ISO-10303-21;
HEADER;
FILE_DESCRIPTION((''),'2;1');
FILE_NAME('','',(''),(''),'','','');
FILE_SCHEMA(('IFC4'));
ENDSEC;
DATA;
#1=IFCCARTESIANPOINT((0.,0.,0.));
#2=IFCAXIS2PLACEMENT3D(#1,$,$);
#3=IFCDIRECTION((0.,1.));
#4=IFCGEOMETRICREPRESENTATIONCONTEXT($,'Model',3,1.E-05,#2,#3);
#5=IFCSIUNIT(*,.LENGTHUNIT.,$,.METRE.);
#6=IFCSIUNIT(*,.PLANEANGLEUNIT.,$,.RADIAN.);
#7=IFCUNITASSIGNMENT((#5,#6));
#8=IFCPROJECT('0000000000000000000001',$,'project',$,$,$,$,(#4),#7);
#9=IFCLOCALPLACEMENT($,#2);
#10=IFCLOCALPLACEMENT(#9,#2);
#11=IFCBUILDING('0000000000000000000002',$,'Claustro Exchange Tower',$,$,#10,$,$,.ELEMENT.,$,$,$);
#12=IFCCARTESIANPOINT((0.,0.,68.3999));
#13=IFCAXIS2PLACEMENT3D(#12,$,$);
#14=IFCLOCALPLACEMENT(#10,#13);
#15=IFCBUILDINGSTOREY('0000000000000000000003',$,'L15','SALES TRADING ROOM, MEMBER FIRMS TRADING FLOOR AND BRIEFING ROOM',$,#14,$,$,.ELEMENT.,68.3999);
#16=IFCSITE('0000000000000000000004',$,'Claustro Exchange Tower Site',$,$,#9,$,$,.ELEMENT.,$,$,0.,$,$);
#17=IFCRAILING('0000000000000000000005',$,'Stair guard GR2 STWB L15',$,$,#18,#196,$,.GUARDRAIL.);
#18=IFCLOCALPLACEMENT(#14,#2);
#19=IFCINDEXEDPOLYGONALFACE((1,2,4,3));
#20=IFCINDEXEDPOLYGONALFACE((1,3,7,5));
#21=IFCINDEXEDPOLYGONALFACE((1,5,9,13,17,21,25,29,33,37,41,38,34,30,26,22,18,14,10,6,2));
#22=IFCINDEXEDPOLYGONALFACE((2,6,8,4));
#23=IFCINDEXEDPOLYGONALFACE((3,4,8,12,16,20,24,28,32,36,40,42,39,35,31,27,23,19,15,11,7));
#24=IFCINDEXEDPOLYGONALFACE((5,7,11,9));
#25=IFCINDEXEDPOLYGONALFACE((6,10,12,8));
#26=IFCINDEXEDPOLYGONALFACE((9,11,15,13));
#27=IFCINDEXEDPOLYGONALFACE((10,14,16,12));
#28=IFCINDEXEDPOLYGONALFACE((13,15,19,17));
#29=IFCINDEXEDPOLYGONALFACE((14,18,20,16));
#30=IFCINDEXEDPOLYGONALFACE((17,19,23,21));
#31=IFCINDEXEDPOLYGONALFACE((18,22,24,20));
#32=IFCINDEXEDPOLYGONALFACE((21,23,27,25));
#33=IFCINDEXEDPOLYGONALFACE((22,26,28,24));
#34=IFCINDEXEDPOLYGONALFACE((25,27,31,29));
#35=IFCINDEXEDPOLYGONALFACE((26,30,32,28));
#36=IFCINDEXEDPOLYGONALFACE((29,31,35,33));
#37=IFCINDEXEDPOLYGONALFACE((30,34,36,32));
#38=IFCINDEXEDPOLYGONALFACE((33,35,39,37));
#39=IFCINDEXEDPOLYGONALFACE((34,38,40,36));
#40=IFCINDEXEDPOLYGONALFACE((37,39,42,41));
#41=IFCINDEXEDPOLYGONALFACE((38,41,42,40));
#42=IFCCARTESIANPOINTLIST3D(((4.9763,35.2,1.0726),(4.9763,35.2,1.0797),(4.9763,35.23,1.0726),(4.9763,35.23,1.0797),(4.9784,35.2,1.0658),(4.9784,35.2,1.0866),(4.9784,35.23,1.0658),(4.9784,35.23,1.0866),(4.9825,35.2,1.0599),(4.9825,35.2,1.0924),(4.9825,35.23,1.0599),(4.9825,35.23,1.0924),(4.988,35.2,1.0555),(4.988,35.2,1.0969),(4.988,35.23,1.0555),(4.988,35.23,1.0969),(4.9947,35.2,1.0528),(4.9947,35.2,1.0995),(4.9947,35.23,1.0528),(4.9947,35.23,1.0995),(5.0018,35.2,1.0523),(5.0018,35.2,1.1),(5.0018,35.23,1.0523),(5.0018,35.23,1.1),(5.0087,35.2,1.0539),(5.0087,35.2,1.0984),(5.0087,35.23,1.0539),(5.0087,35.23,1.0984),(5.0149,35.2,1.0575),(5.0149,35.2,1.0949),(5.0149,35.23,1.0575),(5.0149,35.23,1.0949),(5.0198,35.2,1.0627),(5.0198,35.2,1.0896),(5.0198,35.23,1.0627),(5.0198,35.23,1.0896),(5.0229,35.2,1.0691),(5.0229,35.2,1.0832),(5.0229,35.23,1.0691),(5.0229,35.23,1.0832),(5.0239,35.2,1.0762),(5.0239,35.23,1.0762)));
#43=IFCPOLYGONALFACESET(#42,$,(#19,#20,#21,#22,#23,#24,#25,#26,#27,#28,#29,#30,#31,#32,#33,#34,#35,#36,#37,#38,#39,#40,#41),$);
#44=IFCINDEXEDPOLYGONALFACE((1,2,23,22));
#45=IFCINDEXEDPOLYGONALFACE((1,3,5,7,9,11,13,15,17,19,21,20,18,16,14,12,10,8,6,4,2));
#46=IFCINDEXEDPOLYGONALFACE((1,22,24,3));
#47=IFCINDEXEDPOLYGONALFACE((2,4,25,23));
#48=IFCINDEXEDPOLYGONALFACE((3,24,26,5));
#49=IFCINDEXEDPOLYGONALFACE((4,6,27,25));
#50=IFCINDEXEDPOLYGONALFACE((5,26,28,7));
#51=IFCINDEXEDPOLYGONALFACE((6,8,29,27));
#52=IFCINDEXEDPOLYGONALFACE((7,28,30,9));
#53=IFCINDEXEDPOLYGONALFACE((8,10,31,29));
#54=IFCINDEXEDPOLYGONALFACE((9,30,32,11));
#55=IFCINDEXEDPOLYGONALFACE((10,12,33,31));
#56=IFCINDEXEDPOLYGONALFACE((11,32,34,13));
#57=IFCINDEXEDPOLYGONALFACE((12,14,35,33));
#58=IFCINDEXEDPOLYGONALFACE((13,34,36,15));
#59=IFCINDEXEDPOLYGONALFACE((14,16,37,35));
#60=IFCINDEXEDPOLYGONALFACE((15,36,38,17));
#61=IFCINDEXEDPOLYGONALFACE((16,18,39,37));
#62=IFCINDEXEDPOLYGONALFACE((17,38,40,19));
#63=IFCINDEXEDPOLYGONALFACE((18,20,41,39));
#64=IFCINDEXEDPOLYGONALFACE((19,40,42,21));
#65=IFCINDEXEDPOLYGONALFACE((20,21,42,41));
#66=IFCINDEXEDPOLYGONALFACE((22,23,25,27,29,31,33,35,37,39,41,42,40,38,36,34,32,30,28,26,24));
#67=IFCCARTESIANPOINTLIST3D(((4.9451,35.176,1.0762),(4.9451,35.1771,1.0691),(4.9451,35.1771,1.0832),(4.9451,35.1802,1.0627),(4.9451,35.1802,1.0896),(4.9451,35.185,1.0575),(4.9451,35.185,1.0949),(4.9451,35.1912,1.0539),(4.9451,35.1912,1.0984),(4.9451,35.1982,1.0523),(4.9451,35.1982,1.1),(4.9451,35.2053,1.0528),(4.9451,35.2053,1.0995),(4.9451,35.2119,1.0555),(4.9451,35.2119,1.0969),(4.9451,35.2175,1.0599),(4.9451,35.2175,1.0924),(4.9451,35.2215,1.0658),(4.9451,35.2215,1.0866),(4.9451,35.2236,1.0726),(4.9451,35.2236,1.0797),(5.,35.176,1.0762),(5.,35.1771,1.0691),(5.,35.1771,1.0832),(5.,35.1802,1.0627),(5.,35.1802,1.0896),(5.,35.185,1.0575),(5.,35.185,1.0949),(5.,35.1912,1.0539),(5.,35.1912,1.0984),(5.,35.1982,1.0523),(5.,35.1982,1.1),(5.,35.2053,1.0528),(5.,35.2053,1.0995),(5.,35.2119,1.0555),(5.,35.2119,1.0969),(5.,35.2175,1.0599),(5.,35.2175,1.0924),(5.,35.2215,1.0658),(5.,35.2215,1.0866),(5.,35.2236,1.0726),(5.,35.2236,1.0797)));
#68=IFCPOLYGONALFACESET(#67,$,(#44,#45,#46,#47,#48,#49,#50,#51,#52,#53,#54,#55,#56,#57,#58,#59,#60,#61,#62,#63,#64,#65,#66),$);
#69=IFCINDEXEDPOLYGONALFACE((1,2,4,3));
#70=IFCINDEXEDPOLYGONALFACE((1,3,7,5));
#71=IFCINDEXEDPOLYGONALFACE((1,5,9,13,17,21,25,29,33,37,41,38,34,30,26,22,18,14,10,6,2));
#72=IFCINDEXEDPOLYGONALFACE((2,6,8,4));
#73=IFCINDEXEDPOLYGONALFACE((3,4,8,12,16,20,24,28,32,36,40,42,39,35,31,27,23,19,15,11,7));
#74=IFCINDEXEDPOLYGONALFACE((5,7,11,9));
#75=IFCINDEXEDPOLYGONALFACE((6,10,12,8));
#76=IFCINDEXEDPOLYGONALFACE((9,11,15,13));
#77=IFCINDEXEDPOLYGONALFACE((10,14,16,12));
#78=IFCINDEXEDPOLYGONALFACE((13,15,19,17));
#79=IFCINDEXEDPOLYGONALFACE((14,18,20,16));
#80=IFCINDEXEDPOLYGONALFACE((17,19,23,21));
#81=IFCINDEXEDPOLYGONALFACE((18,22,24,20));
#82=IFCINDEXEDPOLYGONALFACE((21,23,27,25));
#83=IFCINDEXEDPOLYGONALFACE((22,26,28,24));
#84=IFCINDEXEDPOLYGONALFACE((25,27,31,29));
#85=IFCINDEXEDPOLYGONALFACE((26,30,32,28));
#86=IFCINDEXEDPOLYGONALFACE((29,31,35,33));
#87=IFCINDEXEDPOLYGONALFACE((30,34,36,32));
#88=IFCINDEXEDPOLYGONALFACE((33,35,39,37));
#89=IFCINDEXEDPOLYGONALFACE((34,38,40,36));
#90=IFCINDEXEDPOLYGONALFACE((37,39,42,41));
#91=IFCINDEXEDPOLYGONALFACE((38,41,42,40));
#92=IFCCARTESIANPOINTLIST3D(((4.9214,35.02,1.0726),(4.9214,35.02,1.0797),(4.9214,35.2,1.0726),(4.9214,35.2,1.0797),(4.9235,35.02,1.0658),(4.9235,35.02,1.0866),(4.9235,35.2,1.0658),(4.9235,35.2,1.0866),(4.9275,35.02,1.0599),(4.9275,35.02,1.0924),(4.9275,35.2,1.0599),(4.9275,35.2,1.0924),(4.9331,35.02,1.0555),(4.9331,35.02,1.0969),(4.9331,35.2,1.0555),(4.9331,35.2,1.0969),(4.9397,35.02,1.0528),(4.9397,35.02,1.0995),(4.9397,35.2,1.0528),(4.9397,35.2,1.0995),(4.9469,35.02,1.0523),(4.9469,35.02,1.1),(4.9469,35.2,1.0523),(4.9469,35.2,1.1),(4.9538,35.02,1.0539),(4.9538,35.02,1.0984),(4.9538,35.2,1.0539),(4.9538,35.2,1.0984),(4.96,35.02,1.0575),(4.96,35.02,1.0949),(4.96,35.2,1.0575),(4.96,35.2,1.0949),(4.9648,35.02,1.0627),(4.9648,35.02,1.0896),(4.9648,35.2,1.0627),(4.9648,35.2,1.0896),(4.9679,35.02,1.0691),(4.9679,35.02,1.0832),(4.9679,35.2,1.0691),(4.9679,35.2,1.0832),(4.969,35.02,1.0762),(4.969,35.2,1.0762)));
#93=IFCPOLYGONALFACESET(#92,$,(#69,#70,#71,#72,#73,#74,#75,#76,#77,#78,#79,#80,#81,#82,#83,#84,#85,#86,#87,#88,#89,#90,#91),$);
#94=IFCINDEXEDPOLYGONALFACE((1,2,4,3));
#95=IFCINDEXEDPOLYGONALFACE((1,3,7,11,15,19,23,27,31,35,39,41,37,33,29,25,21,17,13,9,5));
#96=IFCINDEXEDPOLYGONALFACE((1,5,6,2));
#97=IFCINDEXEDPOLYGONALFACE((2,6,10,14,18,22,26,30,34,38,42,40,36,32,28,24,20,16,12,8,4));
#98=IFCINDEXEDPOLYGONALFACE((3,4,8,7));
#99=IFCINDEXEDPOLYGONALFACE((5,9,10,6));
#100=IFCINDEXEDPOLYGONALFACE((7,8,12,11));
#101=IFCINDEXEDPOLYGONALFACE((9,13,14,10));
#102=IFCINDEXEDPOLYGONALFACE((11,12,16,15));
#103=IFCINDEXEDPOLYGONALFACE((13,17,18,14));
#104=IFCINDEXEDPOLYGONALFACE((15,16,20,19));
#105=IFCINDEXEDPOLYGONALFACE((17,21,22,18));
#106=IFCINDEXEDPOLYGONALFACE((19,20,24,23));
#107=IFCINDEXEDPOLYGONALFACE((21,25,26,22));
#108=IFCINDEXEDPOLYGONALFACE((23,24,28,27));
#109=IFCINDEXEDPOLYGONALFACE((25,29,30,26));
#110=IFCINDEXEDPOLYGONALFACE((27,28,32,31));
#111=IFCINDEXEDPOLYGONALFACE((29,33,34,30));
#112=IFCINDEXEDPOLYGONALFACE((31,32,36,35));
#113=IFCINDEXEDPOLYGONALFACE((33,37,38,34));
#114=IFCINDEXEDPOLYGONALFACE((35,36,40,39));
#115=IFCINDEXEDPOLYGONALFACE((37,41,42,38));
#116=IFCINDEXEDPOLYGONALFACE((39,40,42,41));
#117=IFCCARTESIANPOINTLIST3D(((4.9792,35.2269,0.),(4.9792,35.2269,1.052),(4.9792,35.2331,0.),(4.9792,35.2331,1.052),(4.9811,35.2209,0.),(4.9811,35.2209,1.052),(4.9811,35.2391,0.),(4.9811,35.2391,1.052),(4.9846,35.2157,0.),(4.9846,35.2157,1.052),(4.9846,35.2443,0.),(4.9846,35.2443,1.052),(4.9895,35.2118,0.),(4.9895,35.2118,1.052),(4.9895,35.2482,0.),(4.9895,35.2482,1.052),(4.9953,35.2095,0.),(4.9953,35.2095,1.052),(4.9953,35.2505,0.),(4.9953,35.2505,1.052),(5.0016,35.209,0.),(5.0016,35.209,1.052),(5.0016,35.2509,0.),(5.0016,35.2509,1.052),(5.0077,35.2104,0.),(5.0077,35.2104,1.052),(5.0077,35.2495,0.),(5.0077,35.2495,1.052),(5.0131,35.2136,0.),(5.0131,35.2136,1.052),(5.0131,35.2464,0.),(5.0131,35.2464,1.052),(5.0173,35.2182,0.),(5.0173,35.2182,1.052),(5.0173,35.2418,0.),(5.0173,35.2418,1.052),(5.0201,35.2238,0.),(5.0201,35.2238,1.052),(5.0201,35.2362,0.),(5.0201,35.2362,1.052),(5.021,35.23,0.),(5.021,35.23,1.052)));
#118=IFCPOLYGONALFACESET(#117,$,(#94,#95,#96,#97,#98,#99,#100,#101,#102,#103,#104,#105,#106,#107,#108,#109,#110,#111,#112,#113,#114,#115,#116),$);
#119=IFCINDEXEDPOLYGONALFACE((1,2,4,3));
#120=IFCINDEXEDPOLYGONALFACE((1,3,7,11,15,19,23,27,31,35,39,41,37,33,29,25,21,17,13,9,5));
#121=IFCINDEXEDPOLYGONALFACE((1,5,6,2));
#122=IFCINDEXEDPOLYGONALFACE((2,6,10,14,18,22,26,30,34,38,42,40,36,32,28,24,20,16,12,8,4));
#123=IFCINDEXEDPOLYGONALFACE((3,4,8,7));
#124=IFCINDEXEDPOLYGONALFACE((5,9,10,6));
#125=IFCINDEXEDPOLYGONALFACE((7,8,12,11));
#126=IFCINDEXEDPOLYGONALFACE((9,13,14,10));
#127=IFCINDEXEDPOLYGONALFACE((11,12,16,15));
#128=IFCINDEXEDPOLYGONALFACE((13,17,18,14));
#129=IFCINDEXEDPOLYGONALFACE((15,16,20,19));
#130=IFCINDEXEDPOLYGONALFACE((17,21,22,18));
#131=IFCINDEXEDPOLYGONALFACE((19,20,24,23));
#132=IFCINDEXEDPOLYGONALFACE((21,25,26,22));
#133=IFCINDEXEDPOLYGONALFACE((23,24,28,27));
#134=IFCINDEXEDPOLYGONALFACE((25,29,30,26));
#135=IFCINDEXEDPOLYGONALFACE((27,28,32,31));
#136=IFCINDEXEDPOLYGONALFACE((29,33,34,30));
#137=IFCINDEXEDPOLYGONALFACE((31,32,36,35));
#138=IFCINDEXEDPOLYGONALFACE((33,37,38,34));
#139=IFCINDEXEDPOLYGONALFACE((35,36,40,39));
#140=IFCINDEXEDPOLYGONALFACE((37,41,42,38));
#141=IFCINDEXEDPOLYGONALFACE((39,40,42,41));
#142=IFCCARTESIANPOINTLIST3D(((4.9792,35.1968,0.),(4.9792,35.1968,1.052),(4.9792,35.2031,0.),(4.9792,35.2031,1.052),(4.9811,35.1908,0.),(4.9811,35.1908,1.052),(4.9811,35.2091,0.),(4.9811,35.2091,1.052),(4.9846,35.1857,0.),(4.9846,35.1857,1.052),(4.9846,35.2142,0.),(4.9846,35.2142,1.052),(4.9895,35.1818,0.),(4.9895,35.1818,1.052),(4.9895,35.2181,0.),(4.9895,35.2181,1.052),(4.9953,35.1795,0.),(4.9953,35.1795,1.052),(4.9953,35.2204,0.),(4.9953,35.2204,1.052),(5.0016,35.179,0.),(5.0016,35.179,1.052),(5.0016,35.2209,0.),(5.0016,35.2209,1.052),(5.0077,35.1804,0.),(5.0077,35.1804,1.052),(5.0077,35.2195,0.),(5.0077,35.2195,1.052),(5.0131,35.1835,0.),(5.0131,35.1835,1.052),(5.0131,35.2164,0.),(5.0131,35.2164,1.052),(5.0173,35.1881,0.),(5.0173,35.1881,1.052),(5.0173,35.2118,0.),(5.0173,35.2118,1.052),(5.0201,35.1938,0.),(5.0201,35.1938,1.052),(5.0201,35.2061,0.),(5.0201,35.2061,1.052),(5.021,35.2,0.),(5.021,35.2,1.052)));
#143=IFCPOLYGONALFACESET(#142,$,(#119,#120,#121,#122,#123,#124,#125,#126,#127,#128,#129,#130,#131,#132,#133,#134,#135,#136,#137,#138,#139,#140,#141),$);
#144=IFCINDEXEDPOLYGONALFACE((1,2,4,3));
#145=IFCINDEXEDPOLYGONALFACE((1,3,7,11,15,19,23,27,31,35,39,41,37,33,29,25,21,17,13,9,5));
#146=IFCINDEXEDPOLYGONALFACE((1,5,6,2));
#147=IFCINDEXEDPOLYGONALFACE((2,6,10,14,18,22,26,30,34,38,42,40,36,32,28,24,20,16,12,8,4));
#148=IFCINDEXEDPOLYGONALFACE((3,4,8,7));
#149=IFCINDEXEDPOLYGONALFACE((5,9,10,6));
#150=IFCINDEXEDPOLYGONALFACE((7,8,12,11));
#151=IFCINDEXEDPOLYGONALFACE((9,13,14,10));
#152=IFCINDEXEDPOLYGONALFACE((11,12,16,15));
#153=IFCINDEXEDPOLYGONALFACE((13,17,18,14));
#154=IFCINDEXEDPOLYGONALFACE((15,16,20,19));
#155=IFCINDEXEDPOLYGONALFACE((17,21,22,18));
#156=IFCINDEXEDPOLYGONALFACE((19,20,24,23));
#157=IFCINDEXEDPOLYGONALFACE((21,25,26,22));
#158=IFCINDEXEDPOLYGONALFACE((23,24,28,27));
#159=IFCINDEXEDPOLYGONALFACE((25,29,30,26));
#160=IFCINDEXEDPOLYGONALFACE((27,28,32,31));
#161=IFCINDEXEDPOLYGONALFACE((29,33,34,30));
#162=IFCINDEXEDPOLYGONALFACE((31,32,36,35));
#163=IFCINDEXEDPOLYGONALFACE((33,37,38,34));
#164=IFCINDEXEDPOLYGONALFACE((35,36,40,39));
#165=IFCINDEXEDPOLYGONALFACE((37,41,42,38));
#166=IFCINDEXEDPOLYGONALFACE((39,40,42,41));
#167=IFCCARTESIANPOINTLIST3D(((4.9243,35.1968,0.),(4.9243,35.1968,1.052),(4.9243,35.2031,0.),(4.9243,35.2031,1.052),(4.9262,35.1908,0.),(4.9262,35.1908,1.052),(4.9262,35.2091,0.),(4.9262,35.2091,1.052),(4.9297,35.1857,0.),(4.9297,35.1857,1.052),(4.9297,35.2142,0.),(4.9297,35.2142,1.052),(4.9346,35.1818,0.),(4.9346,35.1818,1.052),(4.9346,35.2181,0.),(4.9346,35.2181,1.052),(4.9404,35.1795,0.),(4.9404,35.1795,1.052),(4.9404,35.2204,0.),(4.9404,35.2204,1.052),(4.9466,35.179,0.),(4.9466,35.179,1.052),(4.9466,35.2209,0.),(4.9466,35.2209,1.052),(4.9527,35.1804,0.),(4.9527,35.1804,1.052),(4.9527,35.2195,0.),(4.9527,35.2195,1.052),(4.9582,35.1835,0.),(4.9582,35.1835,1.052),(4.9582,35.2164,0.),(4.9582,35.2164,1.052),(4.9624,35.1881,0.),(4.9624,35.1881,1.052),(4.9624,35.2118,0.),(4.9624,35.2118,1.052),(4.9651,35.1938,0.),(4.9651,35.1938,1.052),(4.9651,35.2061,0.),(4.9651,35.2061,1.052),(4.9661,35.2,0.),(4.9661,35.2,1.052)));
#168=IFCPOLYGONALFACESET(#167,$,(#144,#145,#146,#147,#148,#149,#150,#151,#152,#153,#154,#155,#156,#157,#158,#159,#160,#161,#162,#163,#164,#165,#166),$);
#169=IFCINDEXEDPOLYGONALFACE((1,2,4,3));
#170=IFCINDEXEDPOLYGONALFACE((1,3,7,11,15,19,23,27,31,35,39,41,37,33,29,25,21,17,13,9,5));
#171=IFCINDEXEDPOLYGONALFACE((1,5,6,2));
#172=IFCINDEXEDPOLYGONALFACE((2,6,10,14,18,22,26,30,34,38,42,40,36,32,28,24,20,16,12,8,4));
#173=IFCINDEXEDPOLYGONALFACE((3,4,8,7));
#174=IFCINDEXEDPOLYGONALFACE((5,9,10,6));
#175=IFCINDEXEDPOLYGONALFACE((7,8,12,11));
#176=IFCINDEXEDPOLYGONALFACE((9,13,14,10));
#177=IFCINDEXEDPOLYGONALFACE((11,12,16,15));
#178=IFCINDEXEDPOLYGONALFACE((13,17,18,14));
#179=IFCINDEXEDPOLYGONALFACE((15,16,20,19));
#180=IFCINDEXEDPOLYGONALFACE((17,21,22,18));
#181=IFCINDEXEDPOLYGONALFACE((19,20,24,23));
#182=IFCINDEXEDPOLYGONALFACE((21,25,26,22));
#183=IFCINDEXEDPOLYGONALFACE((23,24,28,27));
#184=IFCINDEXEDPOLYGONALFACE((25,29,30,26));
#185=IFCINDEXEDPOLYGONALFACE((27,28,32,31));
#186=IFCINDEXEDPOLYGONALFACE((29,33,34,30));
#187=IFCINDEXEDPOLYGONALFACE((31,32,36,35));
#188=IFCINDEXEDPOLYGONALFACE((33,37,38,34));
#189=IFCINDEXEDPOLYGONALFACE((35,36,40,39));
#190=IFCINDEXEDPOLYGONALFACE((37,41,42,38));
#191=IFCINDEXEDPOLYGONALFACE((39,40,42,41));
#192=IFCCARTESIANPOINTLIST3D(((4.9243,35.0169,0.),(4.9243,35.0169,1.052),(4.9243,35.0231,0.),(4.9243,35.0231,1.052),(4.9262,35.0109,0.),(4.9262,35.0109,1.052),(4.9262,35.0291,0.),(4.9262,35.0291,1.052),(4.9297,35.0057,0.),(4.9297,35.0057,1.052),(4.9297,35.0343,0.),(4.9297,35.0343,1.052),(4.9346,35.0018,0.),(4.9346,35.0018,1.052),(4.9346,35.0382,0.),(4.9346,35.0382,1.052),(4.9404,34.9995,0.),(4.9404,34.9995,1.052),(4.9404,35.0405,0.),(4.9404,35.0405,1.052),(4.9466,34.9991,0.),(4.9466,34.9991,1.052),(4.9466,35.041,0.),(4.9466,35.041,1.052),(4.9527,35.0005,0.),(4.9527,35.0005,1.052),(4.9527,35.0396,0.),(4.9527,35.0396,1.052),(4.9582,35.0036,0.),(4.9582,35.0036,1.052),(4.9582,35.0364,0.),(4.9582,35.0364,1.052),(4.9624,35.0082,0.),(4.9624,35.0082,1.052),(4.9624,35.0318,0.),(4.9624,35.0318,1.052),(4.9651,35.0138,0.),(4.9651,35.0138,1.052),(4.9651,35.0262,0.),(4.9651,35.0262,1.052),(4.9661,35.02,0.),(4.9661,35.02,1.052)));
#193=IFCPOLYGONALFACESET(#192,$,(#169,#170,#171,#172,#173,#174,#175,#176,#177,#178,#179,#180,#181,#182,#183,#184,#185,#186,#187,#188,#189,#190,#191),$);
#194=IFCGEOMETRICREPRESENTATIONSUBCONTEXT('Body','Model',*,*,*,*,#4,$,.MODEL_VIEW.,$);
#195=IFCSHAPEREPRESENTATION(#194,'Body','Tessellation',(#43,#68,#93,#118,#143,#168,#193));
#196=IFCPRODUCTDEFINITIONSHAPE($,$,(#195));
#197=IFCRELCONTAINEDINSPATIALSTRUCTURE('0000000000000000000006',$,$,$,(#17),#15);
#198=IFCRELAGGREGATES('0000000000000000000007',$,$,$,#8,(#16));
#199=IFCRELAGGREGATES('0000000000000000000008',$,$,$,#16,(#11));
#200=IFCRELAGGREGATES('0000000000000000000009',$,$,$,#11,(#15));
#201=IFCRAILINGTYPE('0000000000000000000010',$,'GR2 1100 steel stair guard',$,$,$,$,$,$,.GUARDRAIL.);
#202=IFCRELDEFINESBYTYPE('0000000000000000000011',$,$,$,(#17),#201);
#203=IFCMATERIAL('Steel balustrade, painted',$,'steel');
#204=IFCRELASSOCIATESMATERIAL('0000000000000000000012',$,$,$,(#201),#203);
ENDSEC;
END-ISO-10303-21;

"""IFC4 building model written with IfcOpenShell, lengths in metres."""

from ifc_helpers import new_model, si_unit, direction, frame, origin, origin_2d, place, context, subcontext, project, spatial, circle, extrude, material, type_object, element, save


model = new_model("IFC4")

# Units and contexts
model_context = context("Model", 3, precision=1e-05, world=origin(), true_north=direction((0.0, 1.0)))
body_context = subcontext(model_context, "Body", "Model", "MODEL_VIEW")
ifc_project = project(units=[si_unit("LENGTHUNIT", "METRE"), si_unit("PLANEANGLEUNIT", "RADIAN")], contexts=[model_context])

# Site, building, storey
site_placement = place(None, origin())
site = spatial("IfcSite", under=ifc_project, at=site_placement, Name="Claustro Exchange Tower Site", CompositionType="ELEMENT", RefElevation=0.0)
building_placement = place(site_placement, origin())
building = spatial("IfcBuilding", under=site, at=building_placement, Name="Claustro Exchange Tower", CompositionType="ELEMENT")
storey_placement = place(building_placement, frame((0.0, 0.0, 68.3999)))
storey = spatial("IfcBuildingStorey", under=building, at=storey_placement, Name="L15", Description="SALES TRADING ROOM, MEMBER FIRMS TRADING FLOOR AND BRIEFING ROOM", CompositionType="ELEMENT", Elevation=68.3999)

# Railing
ifc_material_1 = material(Name="Steel balustrade, painted", Category="steel")
railing_type_1 = type_object("IfcRailingType", Name="GR2 1100 steel stair guard", PredefinedType="GUARDRAIL", material=ifc_material_1)
railing_1_placement = place(storey_placement, frame((5.0, 35.23, 0.0)))
element("IfcRailing", 1, at=railing_1_placement, inside=storey, type_object=railing_type_1, Name="Stair guard GR2 STWB L15", PredefinedType="GUARDRAIL", context=body_context, shape_type="SweptSolid", body=[
    extrude(circle(Radius=0.0239, at=origin_2d()), frame((0.0, 0.0, 1.0762), z_axis=(0.0, -1.0, 0.0), x_axis=(1.0, 0.0, 0.0)), (0.0, 0.0, 1.0), 0.03),
    extrude(circle(Radius=0.0239, at=origin_2d()), frame((0.0, -0.03, 1.0762), z_axis=(-1.0, 0.0, 0.0), x_axis=(0.0, -1.0, 0.0)), (0.0, 0.0, 1.0), 0.0549),
    extrude(circle(Radius=0.0239, at=origin_2d()), frame((-0.0549, -0.03, 1.0762), z_axis=(0.0, -1.0, 0.0), x_axis=(1.0, 0.0, 0.0)), (0.0, 0.0, 1.0), 0.1799),
    extrude(circle(Radius=0.021, at=origin_2d()), origin(), (0.0, 0.0, 1.0), 1.052),
    extrude(circle(Radius=0.021, at=origin_2d()), frame((0.0, -0.03, 0.0)), (0.0, 0.0, 1.0), 1.052),
    extrude(circle(Radius=0.021, at=origin_2d()), frame((-0.0549, -0.03, 0.0)), (0.0, 0.0, 1.0), 1.052),
    extrude(circle(Radius=0.021, at=origin_2d()), frame((-0.0549, -0.21, 0.0)), (0.0, 0.0, 1.0), 1.052),
])

save(model, "model.ifc")
